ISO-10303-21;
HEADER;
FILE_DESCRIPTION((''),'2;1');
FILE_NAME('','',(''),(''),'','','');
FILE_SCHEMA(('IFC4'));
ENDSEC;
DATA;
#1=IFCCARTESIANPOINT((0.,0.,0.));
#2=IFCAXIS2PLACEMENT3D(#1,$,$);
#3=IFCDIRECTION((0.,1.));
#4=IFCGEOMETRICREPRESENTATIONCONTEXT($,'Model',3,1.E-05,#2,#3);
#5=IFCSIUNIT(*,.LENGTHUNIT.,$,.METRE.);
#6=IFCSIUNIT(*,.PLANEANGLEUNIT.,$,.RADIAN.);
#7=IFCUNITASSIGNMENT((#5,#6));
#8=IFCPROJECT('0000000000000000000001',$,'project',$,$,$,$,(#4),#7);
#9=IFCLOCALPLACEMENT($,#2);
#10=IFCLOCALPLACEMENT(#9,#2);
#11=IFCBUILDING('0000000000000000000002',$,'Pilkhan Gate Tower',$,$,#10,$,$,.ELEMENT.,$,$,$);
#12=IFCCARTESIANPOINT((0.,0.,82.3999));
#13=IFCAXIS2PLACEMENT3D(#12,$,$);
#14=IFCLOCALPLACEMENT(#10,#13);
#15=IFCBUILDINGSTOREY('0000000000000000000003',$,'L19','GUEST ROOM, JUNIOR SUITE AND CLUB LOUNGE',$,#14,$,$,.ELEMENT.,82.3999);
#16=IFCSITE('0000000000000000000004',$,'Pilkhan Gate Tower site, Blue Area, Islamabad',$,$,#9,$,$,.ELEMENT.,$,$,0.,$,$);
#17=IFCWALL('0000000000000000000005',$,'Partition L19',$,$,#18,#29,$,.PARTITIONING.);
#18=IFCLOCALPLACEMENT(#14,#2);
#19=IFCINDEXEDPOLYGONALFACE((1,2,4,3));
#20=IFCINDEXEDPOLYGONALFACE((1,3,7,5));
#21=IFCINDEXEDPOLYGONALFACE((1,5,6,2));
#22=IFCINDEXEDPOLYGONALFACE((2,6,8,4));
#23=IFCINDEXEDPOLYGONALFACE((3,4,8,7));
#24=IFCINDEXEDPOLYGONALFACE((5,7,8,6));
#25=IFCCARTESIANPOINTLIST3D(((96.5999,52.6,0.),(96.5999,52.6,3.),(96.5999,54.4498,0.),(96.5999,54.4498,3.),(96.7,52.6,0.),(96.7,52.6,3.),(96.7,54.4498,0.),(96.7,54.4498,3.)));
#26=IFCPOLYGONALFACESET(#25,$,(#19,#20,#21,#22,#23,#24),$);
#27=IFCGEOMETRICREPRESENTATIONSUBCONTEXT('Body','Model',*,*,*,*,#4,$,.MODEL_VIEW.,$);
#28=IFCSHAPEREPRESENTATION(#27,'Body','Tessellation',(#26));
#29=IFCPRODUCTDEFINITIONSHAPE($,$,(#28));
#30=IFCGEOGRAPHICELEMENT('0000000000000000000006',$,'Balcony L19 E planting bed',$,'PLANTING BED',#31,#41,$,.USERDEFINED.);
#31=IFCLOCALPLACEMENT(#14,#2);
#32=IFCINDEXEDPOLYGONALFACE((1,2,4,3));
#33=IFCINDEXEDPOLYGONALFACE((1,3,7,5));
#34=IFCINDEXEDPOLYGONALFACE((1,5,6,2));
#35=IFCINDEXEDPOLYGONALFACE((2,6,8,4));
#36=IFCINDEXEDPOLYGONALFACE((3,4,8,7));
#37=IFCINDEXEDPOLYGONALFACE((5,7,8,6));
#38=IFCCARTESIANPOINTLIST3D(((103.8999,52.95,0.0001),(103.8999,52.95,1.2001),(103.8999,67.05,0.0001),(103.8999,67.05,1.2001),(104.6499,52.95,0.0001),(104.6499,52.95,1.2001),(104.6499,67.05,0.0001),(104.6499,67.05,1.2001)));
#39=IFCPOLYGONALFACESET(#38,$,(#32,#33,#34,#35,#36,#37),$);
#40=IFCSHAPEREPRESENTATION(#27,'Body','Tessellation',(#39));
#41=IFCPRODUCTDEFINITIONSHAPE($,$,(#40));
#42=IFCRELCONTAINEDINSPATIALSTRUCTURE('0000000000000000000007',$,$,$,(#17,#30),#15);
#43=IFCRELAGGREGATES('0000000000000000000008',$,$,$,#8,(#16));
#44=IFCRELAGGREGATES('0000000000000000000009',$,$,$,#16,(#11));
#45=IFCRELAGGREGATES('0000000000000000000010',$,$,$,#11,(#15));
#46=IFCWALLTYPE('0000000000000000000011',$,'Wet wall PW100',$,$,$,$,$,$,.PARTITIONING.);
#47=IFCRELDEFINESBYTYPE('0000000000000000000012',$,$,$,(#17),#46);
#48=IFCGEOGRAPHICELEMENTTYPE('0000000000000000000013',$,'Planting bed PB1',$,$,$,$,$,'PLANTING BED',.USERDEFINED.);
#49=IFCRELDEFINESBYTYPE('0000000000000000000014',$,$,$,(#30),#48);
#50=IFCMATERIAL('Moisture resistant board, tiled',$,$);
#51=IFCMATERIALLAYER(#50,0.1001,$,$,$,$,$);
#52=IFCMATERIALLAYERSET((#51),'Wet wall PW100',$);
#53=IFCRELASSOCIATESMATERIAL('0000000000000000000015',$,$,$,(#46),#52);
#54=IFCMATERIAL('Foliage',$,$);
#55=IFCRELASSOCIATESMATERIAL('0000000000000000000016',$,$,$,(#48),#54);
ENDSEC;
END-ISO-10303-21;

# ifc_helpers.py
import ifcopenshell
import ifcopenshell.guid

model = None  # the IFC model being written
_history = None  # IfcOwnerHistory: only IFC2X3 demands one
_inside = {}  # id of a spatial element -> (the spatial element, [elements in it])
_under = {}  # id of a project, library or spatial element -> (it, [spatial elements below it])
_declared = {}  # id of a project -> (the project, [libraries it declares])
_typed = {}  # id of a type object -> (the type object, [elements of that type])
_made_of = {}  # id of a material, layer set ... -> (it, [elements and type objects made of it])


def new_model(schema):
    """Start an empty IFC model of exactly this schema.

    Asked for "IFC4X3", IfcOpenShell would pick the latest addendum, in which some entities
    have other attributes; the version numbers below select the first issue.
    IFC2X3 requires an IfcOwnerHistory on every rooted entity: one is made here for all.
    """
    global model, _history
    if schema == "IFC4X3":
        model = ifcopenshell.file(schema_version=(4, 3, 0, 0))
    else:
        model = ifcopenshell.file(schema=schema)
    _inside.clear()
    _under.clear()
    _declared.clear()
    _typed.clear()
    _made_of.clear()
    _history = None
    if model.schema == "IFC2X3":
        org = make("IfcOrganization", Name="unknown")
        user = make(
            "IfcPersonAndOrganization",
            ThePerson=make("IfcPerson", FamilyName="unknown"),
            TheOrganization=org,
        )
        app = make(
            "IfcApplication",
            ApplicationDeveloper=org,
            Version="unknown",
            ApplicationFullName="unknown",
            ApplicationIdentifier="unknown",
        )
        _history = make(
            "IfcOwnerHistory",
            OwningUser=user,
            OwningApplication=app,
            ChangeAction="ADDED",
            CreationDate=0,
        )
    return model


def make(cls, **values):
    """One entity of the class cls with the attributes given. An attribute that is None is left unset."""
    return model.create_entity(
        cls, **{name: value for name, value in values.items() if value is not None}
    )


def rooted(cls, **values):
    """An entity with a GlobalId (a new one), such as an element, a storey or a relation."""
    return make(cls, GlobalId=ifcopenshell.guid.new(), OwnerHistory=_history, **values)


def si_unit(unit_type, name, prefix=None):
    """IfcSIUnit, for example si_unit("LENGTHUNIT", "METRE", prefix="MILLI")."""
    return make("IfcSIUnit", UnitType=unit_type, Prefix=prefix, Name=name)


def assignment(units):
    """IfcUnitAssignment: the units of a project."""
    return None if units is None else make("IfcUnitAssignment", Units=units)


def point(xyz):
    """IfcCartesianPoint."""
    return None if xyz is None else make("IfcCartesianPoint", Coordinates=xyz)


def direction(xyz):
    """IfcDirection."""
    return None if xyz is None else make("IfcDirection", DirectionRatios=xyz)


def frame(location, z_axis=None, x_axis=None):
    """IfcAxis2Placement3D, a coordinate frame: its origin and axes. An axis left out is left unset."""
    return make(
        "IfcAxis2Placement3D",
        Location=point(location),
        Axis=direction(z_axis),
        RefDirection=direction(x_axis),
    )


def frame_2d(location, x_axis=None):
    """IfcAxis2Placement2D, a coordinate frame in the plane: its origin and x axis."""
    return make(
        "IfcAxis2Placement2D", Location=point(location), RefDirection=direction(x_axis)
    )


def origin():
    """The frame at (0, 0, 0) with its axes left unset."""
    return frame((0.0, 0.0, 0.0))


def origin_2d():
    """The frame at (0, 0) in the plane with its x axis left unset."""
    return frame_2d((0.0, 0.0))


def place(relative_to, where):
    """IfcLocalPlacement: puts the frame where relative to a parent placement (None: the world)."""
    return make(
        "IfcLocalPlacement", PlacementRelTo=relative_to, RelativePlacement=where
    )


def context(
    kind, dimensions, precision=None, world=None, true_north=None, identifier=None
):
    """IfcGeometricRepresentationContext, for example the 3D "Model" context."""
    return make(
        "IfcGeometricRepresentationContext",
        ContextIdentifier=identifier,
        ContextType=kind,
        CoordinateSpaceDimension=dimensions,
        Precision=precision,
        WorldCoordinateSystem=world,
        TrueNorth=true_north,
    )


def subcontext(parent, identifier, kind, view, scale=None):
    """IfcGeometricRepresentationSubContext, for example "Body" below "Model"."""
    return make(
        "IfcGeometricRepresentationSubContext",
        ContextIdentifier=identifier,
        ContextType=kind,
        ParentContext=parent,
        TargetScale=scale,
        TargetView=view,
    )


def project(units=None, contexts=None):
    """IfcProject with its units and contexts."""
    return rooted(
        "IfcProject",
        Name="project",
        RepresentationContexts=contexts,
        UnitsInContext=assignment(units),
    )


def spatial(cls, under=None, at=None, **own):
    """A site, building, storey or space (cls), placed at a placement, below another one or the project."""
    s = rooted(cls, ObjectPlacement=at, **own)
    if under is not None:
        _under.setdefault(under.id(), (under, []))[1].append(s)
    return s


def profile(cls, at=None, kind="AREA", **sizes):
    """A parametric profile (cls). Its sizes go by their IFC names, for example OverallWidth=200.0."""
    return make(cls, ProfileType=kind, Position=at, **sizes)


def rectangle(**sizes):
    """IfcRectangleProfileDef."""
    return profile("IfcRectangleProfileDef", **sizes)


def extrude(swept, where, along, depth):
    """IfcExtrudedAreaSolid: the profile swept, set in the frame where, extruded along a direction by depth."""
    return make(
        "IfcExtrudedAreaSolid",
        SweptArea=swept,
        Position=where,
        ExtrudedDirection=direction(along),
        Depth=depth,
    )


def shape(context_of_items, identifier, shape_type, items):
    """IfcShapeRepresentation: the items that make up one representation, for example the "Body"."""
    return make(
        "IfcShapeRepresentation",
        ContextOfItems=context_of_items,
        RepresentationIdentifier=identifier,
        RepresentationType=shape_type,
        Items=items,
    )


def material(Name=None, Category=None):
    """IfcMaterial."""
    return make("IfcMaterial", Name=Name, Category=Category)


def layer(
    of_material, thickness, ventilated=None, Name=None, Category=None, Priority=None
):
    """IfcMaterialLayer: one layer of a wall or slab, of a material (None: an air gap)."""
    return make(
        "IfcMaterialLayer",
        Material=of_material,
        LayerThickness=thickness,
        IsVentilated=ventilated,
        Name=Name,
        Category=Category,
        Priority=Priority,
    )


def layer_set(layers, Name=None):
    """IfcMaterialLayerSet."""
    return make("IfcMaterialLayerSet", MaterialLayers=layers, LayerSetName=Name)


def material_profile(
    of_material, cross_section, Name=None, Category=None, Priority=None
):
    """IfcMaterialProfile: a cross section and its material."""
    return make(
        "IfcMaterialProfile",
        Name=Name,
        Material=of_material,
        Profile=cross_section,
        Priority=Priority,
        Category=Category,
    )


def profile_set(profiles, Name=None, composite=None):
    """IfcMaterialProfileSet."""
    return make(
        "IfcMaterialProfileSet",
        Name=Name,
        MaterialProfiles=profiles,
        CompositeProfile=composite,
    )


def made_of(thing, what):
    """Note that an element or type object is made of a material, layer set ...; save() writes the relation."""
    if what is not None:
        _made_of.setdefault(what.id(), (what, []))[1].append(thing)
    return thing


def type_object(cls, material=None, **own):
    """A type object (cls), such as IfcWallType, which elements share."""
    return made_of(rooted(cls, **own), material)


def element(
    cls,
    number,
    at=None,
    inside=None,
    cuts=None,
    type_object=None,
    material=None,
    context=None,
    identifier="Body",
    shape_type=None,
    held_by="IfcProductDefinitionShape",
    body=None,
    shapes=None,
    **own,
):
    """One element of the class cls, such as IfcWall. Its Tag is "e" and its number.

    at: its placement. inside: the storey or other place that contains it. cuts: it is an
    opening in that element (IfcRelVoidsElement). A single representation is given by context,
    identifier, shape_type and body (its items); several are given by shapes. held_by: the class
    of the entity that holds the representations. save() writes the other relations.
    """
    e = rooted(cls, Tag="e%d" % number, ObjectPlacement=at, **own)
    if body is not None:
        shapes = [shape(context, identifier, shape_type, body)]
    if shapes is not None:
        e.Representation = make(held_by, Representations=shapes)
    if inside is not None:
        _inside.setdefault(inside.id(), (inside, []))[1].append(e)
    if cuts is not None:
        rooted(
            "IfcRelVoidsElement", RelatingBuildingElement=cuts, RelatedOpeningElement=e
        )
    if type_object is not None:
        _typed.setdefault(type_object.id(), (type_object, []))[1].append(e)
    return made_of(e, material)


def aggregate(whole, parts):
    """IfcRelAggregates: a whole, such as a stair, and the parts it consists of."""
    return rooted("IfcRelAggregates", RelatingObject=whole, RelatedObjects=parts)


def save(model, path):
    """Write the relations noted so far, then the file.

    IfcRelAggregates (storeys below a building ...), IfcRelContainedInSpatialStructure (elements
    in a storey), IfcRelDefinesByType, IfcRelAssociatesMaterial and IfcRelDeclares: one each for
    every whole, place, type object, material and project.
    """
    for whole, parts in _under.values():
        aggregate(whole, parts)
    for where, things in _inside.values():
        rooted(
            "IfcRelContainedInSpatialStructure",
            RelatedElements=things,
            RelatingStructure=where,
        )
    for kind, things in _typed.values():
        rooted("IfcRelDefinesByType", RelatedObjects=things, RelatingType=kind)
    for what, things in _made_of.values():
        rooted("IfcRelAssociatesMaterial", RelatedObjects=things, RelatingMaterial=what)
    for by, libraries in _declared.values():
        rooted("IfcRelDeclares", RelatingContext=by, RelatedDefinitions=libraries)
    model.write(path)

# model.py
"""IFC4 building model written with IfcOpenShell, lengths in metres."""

from ifc_helpers import new_model, si_unit, direction, frame, frame_2d, origin, origin_2d, place, context, subcontext, project, spatial, rectangle, extrude, material, layer, layer_set, material_profile, profile_set, type_object, element, save


model = new_model("IFC4")

# Units and contexts
model_context = context("Model", 3, precision=1e-05, world=origin(), true_north=direction((0.0, 1.0)))
body_context = subcontext(model_context, "Body", "Model", "MODEL_VIEW")
ifc_project = project(units=[si_unit("LENGTHUNIT", "METRE"), si_unit("PLANEANGLEUNIT", "RADIAN")], contexts=[model_context])

# Site, building, storey
site_placement = place(None, origin())
site = spatial("IfcSite", under=ifc_project, at=site_placement, Name="Pilkhan Gate Tower site, Blue Area, Islamabad", CompositionType="ELEMENT", RefElevation=0.0)
building_placement = place(site_placement, origin())
building = spatial("IfcBuilding", under=site, at=building_placement, Name="Pilkhan Gate Tower", CompositionType="ELEMENT")
storey_placement = place(building_placement, frame((0.0, 0.0, 82.3999)))
storey = spatial("IfcBuildingStorey", under=building, at=storey_placement, Name="L19", Description="GUEST ROOM, JUNIOR SUITE AND CLUB LOUNGE", CompositionType="ELEMENT", Elevation=82.3999)

# Wall
ifc_material_1 = material(Name="Moisture resistant board, tiled")
ifc_layer_1 = layer(ifc_material_1, 0.1001)
ifc_layer_set_1 = layer_set([ifc_layer_1], Name="Wet wall PW100")
wall_type_1 = type_object("IfcWallType", Name="Wet wall PW100", PredefinedType="PARTITIONING", material=ifc_layer_set_1)
wall_1_placement = place(storey_placement, frame((96.6499, 52.6001, 0.0), z_axis=(0.0, 0.0, 1.0), x_axis=(0.0, 1.0, 0.0)))
element("IfcWall", 1, at=wall_1_placement, inside=storey, type_object=wall_type_1, Name="Partition L19", PredefinedType="PARTITIONING", context=body_context, shape_type="SweptSolid", body=[
    extrude(rectangle(XDim=1.8499, YDim=0.1001, at=frame_2d((0.9248, 0.0))), origin(), (0.0, 0.0, 1.0), 3.0),
])

# Geographic element
ifc_material_2 = material(Name="Foliage")
ifc_material_profile_1 = material_profile(ifc_material_2, rectangle(XDim=0.75, YDim=1.2, at=origin_2d()), Name="Bed 750x1200")
ifc_profile_set_1 = profile_set([ifc_material_profile_1], Name="Foliage")
geographic_element_type = type_object("IfcGeographicElementType", Name="Planting bed PB1", ElementType="PLANTING BED", PredefinedType="USERDEFINED", material=ifc_profile_set_1)
geographic_element_placement = place(storey_placement, frame((104.2749, 52.95, 0.6001), z_axis=(0.0, 1.0, 0.0), x_axis=(-1.0, 0.0, 0.0)))
element("IfcGeographicElement", 2, at=geographic_element_placement, inside=storey, type_object=geographic_element_type, Name="Balcony L19 E planting bed", ObjectType="PLANTING BED", PredefinedType="USERDEFINED", context=body_context, shape_type="SweptSolid", body=[
    extrude(rectangle(XDim=0.75, YDim=1.2, at=origin_2d()), origin(), (0.0, 0.0, 1.0), 14.1001),
])

save(model, "model.ifc")
